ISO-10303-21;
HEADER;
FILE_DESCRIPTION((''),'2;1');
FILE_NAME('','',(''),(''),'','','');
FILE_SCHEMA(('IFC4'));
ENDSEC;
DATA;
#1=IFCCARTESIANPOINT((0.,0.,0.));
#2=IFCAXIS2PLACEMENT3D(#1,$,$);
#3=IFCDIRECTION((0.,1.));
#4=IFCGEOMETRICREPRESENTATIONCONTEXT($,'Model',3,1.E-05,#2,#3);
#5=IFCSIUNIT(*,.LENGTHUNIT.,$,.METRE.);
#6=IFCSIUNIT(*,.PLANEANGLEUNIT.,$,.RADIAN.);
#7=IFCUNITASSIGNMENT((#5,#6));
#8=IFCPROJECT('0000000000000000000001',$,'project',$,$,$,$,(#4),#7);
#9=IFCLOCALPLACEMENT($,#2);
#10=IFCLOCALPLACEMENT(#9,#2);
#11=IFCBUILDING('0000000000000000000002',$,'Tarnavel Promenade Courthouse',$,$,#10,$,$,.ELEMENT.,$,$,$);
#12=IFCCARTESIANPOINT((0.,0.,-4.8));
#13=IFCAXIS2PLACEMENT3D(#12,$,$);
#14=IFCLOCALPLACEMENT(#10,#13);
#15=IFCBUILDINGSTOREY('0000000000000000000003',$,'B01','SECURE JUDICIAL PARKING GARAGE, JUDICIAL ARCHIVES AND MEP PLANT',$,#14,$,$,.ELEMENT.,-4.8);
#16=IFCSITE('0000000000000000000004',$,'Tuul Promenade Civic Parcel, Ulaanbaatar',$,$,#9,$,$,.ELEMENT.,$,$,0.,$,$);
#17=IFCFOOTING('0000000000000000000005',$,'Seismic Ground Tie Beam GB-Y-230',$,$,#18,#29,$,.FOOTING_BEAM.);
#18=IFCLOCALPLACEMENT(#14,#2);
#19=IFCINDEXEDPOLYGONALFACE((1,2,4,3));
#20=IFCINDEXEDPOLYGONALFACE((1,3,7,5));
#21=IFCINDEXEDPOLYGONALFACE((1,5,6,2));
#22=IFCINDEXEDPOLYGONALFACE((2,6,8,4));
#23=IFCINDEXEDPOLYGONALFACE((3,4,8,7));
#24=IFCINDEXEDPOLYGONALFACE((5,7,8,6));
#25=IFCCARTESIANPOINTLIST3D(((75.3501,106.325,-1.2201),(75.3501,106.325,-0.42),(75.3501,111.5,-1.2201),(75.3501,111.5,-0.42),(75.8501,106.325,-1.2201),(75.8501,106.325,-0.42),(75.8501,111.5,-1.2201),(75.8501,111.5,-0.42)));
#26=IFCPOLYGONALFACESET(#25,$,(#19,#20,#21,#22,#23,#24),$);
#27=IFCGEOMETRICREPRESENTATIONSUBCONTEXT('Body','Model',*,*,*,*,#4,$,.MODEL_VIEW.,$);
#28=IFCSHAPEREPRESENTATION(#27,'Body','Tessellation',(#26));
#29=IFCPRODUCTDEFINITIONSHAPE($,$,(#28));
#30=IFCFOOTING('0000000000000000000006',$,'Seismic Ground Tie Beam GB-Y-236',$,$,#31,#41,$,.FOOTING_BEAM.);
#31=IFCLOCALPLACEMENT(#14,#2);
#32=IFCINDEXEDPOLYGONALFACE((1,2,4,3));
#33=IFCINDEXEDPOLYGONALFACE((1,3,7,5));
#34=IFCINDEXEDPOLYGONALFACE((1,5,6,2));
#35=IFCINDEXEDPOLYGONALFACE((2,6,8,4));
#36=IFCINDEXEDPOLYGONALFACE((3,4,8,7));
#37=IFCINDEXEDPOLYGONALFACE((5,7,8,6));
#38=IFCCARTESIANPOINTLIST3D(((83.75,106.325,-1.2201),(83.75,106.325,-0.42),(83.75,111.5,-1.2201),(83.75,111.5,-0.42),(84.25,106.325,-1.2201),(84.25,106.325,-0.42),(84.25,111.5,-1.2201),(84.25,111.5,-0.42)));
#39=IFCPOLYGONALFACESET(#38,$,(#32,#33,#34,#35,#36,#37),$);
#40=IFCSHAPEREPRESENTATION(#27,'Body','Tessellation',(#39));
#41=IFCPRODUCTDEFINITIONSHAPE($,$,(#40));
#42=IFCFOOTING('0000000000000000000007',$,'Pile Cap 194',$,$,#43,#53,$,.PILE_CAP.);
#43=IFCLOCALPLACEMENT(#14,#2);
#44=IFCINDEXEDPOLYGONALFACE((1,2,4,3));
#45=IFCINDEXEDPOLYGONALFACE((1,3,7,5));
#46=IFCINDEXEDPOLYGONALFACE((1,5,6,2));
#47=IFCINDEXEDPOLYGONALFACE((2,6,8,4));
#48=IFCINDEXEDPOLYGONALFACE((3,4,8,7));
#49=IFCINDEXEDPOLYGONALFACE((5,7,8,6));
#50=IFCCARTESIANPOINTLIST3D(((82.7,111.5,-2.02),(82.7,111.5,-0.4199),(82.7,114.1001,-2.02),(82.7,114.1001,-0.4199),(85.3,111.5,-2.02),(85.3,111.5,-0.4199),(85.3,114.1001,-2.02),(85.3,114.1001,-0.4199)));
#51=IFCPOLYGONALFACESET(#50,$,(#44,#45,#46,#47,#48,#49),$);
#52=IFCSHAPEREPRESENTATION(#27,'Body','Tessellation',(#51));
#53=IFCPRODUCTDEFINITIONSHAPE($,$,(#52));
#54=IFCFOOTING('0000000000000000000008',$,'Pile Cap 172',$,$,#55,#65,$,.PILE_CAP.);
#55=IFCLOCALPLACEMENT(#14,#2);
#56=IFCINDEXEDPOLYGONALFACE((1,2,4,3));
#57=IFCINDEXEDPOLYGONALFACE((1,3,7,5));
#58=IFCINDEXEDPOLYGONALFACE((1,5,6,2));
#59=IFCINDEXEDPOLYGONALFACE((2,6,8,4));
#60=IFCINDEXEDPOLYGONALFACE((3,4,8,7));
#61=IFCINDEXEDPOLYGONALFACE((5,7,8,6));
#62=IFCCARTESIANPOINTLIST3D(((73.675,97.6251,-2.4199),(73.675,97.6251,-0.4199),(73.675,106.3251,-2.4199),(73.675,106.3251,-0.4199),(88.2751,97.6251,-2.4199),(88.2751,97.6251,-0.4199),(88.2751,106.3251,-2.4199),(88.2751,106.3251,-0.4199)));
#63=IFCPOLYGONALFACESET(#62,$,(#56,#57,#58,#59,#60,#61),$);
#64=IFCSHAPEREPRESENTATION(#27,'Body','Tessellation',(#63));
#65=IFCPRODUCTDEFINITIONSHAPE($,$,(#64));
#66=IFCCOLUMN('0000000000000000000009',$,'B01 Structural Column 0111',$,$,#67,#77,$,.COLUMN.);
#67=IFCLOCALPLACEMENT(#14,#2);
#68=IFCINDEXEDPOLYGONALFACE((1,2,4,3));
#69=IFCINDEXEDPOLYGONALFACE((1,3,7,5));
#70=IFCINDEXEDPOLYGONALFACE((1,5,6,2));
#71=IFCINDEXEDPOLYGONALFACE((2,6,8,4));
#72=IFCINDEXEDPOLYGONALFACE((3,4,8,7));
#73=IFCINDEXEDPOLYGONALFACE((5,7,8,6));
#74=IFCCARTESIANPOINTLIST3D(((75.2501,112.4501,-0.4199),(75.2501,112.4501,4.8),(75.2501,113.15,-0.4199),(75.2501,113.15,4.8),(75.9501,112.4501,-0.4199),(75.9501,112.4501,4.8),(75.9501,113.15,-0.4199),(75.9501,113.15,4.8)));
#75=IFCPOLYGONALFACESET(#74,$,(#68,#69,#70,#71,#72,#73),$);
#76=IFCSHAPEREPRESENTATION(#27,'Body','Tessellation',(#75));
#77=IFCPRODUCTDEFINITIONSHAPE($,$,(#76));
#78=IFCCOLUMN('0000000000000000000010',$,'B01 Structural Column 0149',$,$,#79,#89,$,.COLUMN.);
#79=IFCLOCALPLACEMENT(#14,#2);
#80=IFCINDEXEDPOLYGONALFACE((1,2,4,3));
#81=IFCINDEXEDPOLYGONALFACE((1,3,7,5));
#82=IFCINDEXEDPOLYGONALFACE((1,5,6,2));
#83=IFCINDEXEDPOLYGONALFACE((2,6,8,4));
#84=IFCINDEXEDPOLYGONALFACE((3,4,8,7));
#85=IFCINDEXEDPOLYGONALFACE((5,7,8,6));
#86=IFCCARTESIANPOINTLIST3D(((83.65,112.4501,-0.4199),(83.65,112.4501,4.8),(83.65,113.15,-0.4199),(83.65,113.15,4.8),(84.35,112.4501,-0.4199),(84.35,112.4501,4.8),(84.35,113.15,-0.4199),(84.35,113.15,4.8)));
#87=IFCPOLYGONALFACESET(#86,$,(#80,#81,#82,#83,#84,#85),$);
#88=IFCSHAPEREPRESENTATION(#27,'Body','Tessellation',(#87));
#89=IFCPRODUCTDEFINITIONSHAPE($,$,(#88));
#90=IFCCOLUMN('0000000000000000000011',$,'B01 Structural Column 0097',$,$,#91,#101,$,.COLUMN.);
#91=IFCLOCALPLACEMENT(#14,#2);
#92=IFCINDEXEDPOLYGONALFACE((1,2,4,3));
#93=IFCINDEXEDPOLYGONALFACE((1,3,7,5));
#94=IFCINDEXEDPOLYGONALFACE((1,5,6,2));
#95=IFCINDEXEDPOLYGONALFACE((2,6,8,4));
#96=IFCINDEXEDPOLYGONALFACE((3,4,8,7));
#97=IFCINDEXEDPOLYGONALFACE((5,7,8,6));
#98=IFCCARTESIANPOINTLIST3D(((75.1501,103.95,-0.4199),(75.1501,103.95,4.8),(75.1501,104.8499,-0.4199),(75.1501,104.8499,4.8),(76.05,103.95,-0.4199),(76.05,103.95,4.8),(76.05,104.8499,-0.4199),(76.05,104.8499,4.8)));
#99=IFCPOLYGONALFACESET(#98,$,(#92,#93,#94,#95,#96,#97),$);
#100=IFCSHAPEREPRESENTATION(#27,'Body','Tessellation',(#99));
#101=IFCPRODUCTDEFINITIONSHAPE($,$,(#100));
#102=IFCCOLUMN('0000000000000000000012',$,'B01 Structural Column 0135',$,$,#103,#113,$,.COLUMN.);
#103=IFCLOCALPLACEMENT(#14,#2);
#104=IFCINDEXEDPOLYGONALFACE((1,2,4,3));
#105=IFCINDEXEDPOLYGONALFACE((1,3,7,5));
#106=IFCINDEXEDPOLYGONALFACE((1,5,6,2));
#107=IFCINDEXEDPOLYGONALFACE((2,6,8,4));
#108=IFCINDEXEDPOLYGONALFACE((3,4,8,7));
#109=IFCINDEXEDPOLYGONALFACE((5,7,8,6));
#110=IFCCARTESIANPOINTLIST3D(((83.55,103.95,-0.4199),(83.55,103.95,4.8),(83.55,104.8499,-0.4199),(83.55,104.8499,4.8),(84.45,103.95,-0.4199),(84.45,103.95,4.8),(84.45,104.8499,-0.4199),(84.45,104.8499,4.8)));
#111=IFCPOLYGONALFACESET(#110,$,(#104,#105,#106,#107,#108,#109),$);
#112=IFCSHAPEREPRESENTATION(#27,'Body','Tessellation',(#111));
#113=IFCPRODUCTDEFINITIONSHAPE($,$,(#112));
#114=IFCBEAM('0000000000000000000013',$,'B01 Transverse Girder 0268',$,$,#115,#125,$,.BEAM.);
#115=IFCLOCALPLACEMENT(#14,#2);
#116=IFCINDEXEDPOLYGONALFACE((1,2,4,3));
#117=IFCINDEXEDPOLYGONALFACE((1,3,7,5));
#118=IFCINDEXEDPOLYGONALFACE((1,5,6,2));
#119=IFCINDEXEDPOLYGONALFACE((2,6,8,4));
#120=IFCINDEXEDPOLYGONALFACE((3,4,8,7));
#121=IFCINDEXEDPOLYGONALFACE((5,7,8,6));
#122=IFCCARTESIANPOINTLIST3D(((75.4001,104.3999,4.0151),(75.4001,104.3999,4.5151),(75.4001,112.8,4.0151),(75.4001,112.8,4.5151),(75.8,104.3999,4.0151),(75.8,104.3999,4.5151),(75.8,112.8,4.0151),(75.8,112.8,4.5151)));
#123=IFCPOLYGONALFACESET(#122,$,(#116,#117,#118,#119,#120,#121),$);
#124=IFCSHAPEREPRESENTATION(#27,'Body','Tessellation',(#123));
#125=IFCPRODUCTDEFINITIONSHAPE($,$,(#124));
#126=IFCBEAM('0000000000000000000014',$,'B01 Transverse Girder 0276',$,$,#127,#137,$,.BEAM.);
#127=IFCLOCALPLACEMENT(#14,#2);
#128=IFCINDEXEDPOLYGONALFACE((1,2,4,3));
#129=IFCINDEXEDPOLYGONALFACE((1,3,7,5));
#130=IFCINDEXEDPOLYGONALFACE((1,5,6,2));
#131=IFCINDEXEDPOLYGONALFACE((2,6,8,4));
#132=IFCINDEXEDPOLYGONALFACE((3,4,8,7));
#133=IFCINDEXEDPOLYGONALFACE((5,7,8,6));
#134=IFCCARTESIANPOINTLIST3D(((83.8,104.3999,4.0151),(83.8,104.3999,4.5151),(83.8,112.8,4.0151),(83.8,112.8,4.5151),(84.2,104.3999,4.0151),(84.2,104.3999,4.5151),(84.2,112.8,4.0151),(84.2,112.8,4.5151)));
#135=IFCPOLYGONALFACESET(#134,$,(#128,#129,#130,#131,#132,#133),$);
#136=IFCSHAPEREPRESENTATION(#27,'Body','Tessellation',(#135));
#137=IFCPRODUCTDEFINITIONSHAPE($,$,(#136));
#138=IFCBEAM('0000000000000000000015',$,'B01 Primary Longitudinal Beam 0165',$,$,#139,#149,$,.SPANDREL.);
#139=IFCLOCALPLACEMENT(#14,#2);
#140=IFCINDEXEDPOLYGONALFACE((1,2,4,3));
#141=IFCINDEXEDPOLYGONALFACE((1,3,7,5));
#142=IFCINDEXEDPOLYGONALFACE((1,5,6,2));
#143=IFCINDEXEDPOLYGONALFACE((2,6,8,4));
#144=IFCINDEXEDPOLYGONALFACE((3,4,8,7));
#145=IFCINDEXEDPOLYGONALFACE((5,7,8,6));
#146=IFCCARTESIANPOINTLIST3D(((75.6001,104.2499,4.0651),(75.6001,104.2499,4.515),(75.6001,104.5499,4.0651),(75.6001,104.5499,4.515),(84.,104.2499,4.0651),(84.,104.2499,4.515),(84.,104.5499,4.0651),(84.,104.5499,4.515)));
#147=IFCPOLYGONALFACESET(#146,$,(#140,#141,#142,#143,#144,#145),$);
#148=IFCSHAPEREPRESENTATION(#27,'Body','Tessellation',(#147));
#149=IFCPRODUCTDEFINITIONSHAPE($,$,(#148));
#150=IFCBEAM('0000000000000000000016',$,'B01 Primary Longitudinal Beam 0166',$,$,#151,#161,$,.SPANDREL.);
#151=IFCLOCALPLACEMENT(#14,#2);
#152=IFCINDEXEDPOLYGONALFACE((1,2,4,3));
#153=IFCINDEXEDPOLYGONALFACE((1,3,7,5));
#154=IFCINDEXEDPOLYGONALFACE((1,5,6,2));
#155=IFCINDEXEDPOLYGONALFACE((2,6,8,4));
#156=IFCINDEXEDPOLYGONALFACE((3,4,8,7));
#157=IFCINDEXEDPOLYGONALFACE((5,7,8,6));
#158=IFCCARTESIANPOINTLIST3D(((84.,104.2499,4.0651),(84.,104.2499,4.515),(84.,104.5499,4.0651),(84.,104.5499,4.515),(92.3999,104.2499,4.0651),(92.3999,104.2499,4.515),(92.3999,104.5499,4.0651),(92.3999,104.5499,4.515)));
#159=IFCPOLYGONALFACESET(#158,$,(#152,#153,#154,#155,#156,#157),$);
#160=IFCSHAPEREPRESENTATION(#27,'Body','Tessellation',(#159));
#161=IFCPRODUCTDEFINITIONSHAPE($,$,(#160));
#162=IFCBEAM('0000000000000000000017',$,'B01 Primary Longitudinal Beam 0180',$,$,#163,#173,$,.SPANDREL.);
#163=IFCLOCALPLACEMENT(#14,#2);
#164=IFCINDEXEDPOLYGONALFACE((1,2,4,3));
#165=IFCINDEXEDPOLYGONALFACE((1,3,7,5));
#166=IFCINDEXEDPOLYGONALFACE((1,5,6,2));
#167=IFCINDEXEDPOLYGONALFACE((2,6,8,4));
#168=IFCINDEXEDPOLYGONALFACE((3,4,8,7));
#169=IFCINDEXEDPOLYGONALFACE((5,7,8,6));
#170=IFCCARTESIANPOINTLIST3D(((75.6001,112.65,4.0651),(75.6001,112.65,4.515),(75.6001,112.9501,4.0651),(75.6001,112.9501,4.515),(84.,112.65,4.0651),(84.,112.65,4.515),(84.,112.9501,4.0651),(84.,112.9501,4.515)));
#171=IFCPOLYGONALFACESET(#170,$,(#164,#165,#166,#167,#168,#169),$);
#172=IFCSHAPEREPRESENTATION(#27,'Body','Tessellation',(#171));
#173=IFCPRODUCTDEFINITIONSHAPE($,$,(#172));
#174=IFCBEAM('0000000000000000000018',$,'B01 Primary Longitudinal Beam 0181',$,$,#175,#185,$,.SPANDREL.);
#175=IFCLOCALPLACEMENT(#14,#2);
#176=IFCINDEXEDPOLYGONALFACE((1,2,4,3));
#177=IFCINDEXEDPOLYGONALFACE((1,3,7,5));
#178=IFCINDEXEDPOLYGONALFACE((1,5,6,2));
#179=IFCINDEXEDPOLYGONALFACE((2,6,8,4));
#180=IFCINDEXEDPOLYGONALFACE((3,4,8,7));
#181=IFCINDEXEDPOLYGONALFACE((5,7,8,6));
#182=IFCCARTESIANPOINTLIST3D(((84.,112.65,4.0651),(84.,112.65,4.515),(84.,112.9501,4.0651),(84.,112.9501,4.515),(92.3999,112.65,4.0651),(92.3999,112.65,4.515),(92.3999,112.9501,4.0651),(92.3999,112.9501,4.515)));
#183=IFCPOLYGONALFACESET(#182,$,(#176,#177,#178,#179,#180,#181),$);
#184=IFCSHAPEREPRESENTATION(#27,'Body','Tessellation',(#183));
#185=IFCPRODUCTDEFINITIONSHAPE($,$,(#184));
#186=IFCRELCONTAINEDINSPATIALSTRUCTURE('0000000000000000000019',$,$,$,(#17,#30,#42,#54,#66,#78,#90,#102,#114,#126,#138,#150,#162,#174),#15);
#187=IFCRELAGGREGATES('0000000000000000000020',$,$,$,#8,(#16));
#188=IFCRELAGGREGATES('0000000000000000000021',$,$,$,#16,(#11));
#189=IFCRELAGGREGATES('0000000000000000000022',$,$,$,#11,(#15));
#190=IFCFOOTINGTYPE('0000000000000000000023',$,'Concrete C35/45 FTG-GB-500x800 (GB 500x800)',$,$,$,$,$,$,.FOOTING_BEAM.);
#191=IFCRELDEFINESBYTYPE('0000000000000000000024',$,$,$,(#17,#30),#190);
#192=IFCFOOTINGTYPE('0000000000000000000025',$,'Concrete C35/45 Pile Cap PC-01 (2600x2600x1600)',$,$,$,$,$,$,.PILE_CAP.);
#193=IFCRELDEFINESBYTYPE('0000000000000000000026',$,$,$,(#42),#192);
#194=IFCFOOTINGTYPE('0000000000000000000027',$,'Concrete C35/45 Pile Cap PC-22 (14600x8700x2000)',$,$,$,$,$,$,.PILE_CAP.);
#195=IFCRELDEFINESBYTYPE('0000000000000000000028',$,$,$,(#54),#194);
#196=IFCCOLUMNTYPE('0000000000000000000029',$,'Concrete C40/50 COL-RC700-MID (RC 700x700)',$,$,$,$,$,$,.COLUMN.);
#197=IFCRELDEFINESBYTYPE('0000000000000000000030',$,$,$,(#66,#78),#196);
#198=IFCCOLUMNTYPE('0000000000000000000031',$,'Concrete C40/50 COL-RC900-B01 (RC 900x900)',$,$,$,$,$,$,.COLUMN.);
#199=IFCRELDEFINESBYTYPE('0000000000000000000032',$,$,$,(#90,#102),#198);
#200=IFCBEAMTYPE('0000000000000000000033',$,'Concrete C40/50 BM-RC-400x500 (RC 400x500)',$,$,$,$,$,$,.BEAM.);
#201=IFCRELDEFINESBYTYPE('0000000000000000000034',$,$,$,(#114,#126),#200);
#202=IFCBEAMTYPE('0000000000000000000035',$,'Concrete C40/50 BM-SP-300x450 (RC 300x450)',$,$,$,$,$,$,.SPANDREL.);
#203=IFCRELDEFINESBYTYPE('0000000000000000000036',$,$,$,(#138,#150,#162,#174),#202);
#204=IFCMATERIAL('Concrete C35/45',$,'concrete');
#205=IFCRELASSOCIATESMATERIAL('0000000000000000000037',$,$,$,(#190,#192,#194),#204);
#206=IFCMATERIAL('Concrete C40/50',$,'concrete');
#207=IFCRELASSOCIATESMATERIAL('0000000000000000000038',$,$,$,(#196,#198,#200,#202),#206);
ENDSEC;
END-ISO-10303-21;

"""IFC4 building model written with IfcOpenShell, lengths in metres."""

from ifc_helpers import new_model, si_unit, direction, frame, origin, origin_2d, place, context, subcontext, project, spatial, rectangle, extrude, material, material_profile, profile_set, type_object, element, save


model = new_model("IFC4")

# Units and contexts
model_context = context("Model", 3, precision=1e-05, world=origin(), true_north=direction((0.0, 1.0)))
body_context = subcontext(model_context, "Body", "Model", "MODEL_VIEW")
ifc_project = project(units=[si_unit("LENGTHUNIT", "METRE"), si_unit("PLANEANGLEUNIT", "RADIAN")], contexts=[model_context])

# Site, building, storey
site_placement = place(None, origin())
site = spatial("IfcSite", under=ifc_project, at=site_placement, Name="Tuul Promenade Civic Parcel, Ulaanbaatar", CompositionType="ELEMENT", RefElevation=0.0)
building_placement = place(site_placement, origin())
building = spatial("IfcBuilding", under=site, at=building_placement, Name="Tarnavel Promenade Courthouse", CompositionType="ELEMENT")
storey_placement = place(building_placement, frame((0.0, 0.0, -4.8)))
storey = spatial("IfcBuildingStorey", under=building, at=storey_placement, Name="B01", Description="SECURE JUDICIAL PARKING GARAGE, JUDICIAL ARCHIVES AND MEP PLANT", CompositionType="ELEMENT", Elevation=-4.8)

# Footings
ifc_material_1 = material(Name="Concrete C35/45", Category="concrete")
ifc_material_profile_1 = material_profile(ifc_material_1, rectangle(XDim=0.5, YDim=0.8, at=origin_2d()), Name="GB 500x800")
ifc_profile_set_1 = profile_set([ifc_material_profile_1], Name="Concrete C35/45")
footing_type_1 = type_object("IfcFootingType", Name="Concrete C35/45 FTG-GB-500x800 (GB 500x800)", PredefinedType="FOOTING_BEAM", material=ifc_profile_set_1)
for number, where, z_axis, x_axis, name in (
    (1, (75.6001, 106.325, -0.8201), (0.0, 1.0, 0.0), (-1.0, 0.0, 0.0), "Seismic Ground Tie Beam GB-Y-230"),
    (2, (84.0, 106.325, -0.8201), (0.0, 1.0, 0.0), (-1.0, 0.0, 0.0), "Seismic Ground Tie Beam GB-Y-236"),
):
    element("IfcFooting", number, at=place(storey_placement, frame(where, z_axis=z_axis, x_axis=x_axis)), inside=storey, type_object=footing_type_1, Name=name, PredefinedType="FOOTING_BEAM", context=body_context, shape_type="SweptSolid", body=[
        extrude(rectangle(XDim=0.5, YDim=0.8, at=origin_2d()), origin(), (0.0, 0.0, 1.0), 5.175),
    ])
footing_type_2 = type_object("IfcFootingType", Name="Concrete C35/45 Pile Cap PC-01 (2600x2600x1600)", PredefinedType="PILE_CAP", material=ifc_material_1)
footing_1_placement = place(storey_placement, frame((84.0, 112.8, -2.02), z_axis=(0.0, 0.0, 1.0), x_axis=(1.0, 0.0, 0.0)))
element("IfcFooting", 3, at=footing_1_placement, inside=storey, type_object=footing_type_2, Name="Pile Cap 194", PredefinedType="PILE_CAP", context=body_context, shape_type="SweptSolid", body=[
    extrude(rectangle(XDim=2.6001, YDim=2.6001, at=origin_2d()), origin(), (0.0, 0.0, 1.0), 1.6001),
])
footing_type_3 = type_object("IfcFootingType", Name="Concrete C35/45 Pile Cap PC-22 (14600x8700x2000)", PredefinedType="PILE_CAP", material=ifc_material_1)
footing_2_placement = place(storey_placement, frame((80.9751, 101.9751, -2.4199), z_axis=(0.0, 0.0, 1.0), x_axis=(1.0, 0.0, 0.0)))
element("IfcFooting", 4, at=footing_2_placement, inside=storey, type_object=footing_type_3, Name="Pile Cap 172", PredefinedType="PILE_CAP", context=body_context, shape_type="SweptSolid", body=[
    extrude(rectangle(XDim=14.6001, YDim=8.7, at=origin_2d()), origin(), (0.0, 0.0, 1.0), 2.0),
])

# Columns
ifc_material_2 = material(Name="Concrete C40/50", Category="concrete")
ifc_material_profile_2 = material_profile(ifc_material_2, rectangle(XDim=0.7, YDim=0.7, at=origin_2d()), Name="RC 700x700")
ifc_profile_set_2 = profile_set([ifc_material_profile_2], Name="Concrete C40/50")
column_type_1 = type_object("IfcColumnType", Name="Concrete C40/50 COL-RC700-MID (RC 700x700)", PredefinedType="COLUMN", material=ifc_profile_set_2)
for number, where, z_axis, x_axis, name in (
    (5, (75.6001, 112.8, -0.4199), (0.0, 0.0, 1.0), (1.0, 0.0, 0.0), "B01 Structural Column 0111"),
    (6, (84.0, 112.8, -0.4199), (0.0, 0.0, 1.0), (1.0, 0.0, 0.0), "B01 Structural Column 0149"),
):
    element("IfcColumn", number, at=place(storey_placement, frame(where, z_axis=z_axis, x_axis=x_axis)), inside=storey, type_object=column_type_1, Name=name, PredefinedType="COLUMN", context=body_context, shape_type="SweptSolid", body=[
        extrude(rectangle(XDim=0.7, YDim=0.7, at=origin_2d()), origin(), (0.0, 0.0, 1.0), 5.22),
    ])
ifc_material_profile_3 = material_profile(ifc_material_2, rectangle(XDim=0.8999, YDim=0.8999, at=origin_2d()), Name="RC 900x900")
ifc_profile_set_3 = profile_set([ifc_material_profile_3], Name="Concrete C40/50")
column_type_2 = type_object("IfcColumnType", Name="Concrete C40/50 COL-RC900-B01 (RC 900x900)", PredefinedType="COLUMN", material=ifc_profile_set_3)
for number, where, z_axis, x_axis, name in (
    (7, (75.6001, 104.3999, -0.4199), (0.0, 0.0, 1.0), (1.0, 0.0, 0.0), "B01 Structural Column 0097"),
    (8, (84.0, 104.3999, -0.4199), (0.0, 0.0, 1.0), (1.0, 0.0, 0.0), "B01 Structural Column 0135"),
):
    element("IfcColumn", number, at=place(storey_placement, frame(where, z_axis=z_axis, x_axis=x_axis)), inside=storey, type_object=column_type_2, Name=name, PredefinedType="COLUMN", context=body_context, shape_type="SweptSolid", body=[
        extrude(rectangle(XDim=0.8999, YDim=0.8999, at=origin_2d()), origin(), (0.0, 0.0, 1.0), 5.22),
    ])

# Beams
ifc_material_profile_4 = material_profile(ifc_material_2, rectangle(XDim=0.3999, YDim=0.5, at=origin_2d()), Name="RC 400x500")
ifc_profile_set_4 = profile_set([ifc_material_profile_4], Name="Concrete C40/50")
beam_type_1 = type_object("IfcBeamType", Name="Concrete C40/50 BM-RC-400x500 (RC 400x500)", PredefinedType="BEAM", material=ifc_profile_set_4)
for number, where, z_axis, x_axis, name in (
    (9, (75.6001, 104.3999, 4.2651), (0.0, 1.0, 0.0), (-1.0, 0.0, 0.0), "B01 Transverse Girder 0268"),
    (10, (84.0, 104.3999, 4.2651), (0.0, 1.0, 0.0), (-1.0, 0.0, 0.0), "B01 Transverse Girder 0276"),
):
    element("IfcBeam", number, at=place(storey_placement, frame(where, z_axis=z_axis, x_axis=x_axis)), inside=storey, type_object=beam_type_1, Name=name, PredefinedType="BEAM", context=body_context, shape_type="SweptSolid", body=[
        extrude(rectangle(XDim=0.3999, YDim=0.5, at=origin_2d()), origin(), (0.0, 0.0, 1.0), 8.4001),
    ])
ifc_material_profile_5 = material_profile(ifc_material_2, rectangle(XDim=0.3, YDim=0.45, at=origin_2d()), Name="RC 300x450")
ifc_profile_set_5 = profile_set([ifc_material_profile_5], Name="Concrete C40/50")
beam_type_2 = type_object("IfcBeamType", Name="Concrete C40/50 BM-SP-300x450 (RC 300x450)", PredefinedType="SPANDREL", material=ifc_profile_set_5)
for number, where, z_axis, x_axis, name in (
    (11, (75.6001, 104.3999, 4.29), (1.0, 0.0, 0.0), (0.0, 1.0, 0.0), "B01 Primary Longitudinal Beam 0165"),
    (12, (84.0, 104.3999, 4.29), (1.0, 0.0, 0.0), (0.0, 1.0, 0.0), "B01 Primary Longitudinal Beam 0166"),
    (13, (75.6001, 112.8, 4.29), (1.0, 0.0, 0.0), (0.0, 1.0, 0.0), "B01 Primary Longitudinal Beam 0180"),
    (14, (84.0, 112.8, 4.29), (1.0, 0.0, 0.0), (0.0, 1.0, 0.0), "B01 Primary Longitudinal Beam 0181"),
):
    element("IfcBeam", number, at=place(storey_placement, frame(where, z_axis=z_axis, x_axis=x_axis)), inside=storey, type_object=beam_type_2, Name=name, PredefinedType="SPANDREL", context=body_context, shape_type="SweptSolid", body=[
        extrude(rectangle(XDim=0.3, YDim=0.45, at=origin_2d()), origin(), (0.0, 0.0, 1.0), 8.3999),
    ])

save(model, "model.ifc")
